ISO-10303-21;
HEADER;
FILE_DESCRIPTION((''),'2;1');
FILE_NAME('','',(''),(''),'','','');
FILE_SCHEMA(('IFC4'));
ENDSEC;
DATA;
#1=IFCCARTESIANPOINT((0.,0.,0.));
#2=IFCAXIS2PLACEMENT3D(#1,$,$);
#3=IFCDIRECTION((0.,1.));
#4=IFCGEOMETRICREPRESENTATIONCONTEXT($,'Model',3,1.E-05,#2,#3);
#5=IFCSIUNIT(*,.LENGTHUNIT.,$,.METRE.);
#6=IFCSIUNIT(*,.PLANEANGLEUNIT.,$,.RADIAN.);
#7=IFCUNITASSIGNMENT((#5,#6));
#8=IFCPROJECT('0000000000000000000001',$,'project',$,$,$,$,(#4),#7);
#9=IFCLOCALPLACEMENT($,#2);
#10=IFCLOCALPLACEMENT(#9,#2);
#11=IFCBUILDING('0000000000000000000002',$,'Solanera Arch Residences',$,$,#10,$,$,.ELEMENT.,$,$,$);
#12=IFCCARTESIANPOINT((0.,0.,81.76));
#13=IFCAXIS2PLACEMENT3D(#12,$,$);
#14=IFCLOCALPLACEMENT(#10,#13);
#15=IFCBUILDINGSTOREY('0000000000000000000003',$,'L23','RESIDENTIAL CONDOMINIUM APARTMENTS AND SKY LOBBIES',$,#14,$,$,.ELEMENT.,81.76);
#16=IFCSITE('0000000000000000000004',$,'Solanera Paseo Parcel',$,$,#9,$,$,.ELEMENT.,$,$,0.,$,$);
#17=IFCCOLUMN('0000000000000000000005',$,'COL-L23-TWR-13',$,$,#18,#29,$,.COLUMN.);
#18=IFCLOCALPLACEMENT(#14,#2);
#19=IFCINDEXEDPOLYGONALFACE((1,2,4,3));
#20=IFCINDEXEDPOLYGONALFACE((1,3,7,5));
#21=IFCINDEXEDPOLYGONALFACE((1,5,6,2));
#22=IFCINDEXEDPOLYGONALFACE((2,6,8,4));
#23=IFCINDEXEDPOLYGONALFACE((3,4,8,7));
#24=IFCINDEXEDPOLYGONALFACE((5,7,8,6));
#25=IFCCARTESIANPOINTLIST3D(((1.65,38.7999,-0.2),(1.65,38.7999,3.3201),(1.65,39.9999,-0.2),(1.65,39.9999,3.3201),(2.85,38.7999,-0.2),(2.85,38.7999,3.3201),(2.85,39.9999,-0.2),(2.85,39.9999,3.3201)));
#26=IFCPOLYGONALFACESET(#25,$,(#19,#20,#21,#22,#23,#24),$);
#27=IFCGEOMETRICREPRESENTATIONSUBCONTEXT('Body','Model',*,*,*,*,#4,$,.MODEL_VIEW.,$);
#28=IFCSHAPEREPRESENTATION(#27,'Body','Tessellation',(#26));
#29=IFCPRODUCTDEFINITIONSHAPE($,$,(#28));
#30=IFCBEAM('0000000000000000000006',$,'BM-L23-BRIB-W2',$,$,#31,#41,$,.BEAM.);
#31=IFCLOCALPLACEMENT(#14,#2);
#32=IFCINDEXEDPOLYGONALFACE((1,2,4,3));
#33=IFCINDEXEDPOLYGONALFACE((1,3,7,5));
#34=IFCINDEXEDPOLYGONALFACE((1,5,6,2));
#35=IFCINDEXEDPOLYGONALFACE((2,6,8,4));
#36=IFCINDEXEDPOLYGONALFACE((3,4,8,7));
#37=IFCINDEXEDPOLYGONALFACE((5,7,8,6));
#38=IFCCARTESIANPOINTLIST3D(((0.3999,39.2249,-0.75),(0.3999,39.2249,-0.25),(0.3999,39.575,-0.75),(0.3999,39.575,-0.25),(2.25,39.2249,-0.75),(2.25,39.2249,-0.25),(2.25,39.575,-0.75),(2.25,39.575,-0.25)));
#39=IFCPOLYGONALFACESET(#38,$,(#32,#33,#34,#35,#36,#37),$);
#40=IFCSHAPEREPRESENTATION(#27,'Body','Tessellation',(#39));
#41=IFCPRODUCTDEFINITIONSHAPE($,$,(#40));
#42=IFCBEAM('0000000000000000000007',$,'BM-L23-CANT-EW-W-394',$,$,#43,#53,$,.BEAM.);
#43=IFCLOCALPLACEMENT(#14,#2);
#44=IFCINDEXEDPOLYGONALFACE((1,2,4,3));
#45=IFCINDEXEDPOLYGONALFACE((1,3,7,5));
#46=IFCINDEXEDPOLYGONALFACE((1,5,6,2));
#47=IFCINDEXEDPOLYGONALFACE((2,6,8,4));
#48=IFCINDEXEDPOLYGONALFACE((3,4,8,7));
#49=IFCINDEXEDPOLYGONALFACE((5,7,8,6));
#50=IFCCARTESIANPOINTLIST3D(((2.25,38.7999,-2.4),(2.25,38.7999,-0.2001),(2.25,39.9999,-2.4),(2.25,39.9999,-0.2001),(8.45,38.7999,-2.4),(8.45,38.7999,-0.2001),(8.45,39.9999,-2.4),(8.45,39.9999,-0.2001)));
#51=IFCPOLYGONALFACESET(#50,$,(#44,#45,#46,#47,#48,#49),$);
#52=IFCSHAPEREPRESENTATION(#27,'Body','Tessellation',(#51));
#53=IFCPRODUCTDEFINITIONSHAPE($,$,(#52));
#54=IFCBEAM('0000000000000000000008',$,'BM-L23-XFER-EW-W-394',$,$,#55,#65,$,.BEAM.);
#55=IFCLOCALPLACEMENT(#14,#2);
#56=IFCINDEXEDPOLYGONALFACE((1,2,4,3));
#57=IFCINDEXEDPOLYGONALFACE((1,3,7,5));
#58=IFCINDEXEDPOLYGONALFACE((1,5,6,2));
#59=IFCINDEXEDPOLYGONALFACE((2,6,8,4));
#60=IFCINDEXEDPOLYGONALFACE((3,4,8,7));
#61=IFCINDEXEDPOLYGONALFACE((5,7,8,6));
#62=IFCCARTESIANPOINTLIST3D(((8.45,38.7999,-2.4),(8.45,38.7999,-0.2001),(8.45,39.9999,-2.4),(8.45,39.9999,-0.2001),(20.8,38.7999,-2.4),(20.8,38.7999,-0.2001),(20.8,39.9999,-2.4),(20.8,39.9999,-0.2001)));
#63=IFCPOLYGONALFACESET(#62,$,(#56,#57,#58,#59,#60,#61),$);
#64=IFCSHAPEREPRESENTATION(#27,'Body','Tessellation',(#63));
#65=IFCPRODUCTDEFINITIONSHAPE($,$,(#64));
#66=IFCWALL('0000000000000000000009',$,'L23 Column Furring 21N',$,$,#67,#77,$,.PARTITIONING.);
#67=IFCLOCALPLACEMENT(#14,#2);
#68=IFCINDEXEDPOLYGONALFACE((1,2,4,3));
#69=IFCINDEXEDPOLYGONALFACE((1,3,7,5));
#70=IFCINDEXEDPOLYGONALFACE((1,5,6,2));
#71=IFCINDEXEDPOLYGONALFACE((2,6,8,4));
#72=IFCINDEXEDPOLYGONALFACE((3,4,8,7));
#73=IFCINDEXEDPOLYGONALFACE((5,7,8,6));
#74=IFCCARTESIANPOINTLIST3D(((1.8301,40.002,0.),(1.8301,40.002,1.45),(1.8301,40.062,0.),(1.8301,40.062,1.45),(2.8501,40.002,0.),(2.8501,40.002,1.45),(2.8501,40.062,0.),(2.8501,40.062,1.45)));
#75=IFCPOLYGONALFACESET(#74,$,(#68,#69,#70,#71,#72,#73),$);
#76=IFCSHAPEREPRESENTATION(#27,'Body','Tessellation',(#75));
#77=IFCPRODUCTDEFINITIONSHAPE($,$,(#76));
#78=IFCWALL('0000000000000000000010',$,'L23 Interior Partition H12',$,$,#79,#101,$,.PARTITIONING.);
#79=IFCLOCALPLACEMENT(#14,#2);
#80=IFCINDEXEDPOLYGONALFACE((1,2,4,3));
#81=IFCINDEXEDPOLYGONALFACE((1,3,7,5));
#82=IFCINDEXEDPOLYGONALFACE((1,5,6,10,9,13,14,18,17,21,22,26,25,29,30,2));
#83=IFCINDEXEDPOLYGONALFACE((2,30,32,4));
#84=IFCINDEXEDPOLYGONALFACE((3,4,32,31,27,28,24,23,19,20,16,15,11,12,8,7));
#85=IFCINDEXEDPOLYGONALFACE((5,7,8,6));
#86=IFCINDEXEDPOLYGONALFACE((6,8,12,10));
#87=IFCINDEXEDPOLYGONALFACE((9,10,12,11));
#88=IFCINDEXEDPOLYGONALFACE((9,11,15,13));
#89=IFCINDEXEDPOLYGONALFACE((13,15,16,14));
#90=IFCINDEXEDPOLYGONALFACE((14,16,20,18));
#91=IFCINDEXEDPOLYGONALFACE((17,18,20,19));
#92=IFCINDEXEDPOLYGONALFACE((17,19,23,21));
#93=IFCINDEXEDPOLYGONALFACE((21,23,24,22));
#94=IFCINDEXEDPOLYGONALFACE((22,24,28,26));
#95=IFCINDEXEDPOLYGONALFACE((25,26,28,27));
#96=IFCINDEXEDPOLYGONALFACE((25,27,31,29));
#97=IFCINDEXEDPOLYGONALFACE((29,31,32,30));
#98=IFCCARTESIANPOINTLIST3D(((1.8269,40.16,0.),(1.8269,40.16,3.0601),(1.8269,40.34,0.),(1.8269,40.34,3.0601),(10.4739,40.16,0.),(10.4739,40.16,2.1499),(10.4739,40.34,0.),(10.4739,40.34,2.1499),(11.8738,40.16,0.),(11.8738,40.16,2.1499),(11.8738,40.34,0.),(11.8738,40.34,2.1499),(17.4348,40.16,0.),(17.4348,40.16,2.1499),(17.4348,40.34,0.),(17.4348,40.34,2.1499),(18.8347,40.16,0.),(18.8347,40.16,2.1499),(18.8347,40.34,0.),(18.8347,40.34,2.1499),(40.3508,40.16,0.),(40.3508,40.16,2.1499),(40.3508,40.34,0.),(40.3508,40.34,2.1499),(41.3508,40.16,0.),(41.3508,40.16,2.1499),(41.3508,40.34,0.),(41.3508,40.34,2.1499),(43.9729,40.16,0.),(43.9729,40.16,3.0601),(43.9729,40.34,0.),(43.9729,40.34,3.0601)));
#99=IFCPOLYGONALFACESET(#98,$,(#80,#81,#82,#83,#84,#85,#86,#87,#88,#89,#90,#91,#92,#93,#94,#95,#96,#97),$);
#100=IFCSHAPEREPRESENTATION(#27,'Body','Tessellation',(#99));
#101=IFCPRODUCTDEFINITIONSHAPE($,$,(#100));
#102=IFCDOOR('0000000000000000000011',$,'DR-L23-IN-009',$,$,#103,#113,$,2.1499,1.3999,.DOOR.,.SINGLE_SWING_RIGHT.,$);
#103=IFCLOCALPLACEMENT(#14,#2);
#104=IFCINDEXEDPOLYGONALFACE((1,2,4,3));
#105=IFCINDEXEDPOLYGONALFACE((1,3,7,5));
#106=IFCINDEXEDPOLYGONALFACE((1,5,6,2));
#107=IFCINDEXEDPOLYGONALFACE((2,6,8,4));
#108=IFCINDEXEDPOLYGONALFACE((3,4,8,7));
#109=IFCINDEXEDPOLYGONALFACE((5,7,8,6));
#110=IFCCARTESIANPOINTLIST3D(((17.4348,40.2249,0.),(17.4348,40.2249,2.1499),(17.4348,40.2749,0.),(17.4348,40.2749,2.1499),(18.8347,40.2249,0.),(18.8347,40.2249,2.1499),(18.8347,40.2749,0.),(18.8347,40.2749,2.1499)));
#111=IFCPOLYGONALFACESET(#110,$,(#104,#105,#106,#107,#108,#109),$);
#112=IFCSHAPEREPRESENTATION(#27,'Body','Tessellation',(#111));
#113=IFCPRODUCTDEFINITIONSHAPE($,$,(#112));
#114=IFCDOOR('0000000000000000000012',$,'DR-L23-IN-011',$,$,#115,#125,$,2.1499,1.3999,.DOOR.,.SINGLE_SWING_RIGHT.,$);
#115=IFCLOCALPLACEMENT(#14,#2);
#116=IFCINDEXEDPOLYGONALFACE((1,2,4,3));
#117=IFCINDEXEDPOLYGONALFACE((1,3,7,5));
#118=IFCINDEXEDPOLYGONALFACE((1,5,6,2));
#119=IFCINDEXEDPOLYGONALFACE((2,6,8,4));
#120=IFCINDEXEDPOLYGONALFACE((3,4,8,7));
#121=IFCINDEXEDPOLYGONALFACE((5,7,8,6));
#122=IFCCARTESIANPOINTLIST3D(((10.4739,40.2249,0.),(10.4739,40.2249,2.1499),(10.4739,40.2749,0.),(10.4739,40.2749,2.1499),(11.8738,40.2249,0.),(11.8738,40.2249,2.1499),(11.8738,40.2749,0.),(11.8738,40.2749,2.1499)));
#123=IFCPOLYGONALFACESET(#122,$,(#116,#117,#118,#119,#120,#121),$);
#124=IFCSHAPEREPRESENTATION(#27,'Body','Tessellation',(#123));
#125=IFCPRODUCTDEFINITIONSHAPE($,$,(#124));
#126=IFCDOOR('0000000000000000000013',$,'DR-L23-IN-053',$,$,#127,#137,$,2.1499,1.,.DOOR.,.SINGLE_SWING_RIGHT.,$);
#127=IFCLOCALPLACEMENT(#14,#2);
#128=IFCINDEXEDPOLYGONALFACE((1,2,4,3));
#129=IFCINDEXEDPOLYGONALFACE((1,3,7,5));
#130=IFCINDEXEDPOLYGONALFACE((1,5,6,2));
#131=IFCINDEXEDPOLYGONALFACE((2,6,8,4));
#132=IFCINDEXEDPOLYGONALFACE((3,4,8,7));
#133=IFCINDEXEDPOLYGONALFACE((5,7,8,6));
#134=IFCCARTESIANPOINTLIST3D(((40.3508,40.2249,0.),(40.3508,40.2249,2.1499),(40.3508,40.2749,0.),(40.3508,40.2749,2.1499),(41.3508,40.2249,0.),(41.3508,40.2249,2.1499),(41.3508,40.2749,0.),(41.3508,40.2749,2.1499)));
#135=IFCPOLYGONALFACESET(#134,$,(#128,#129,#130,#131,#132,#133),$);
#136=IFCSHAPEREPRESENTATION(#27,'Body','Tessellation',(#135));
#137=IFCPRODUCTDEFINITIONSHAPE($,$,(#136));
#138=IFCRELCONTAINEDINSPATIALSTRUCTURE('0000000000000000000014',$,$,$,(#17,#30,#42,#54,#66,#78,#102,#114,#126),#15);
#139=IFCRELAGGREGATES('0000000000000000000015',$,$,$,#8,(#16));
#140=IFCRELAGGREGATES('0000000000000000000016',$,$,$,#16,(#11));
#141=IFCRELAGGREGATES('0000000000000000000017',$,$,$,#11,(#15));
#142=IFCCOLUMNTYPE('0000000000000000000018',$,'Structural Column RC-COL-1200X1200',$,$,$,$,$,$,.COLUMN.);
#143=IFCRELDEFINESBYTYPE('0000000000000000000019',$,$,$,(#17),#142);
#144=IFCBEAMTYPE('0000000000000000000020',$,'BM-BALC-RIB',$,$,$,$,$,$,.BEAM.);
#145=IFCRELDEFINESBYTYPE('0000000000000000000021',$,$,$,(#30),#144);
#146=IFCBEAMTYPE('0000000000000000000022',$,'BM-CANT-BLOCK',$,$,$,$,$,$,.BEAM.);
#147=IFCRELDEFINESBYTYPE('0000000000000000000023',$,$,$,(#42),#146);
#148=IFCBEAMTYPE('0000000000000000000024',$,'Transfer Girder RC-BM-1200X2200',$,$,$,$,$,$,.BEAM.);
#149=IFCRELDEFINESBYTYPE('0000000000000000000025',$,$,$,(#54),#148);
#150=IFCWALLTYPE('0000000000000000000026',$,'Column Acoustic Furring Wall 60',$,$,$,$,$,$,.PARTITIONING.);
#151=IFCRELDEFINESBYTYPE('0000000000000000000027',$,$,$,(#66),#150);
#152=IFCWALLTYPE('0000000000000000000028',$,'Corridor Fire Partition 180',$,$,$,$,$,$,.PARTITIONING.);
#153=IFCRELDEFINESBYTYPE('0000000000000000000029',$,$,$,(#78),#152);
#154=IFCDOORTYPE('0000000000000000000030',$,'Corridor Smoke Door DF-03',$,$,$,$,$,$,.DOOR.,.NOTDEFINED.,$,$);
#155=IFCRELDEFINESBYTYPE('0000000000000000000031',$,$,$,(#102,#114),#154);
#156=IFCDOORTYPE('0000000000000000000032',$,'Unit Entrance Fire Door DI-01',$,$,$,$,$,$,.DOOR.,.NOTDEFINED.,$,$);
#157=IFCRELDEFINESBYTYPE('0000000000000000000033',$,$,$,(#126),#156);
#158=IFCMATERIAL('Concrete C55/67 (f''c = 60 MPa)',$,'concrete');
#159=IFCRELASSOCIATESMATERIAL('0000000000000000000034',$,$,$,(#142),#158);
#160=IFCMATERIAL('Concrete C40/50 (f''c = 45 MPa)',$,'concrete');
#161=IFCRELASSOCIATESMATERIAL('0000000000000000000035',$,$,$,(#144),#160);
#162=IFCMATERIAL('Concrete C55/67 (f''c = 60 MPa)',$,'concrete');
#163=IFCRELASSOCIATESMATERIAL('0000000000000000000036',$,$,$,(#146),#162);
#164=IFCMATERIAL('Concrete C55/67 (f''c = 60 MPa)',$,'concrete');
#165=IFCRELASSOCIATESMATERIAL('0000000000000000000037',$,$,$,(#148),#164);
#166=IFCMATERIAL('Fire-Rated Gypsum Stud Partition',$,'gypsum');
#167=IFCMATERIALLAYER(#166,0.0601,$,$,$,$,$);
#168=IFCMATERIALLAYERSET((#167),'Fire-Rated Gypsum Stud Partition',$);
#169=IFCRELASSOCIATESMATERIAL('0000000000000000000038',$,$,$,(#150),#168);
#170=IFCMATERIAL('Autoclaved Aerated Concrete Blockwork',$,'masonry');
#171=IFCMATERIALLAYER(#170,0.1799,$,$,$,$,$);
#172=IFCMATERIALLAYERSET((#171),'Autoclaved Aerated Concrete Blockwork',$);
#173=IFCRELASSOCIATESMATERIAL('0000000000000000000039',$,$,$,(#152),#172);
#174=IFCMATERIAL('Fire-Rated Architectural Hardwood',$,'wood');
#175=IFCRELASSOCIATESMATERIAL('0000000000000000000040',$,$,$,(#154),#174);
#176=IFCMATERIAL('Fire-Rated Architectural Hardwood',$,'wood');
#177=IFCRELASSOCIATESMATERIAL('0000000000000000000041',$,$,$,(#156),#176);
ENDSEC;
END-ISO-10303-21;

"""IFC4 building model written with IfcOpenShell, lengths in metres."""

from ifc_helpers import new_model, si_unit, direction, frame, frame_2d, origin, origin_2d, place, context, subcontext, project, spatial, rectangle, extrude, material, layer, layer_set, material_profile, profile_set, type_object, element, fill, save


model = new_model("IFC4")

# Units and contexts
model_context = context("Model", 3, precision=1e-05, world=origin(), true_north=direction((0.0, 1.0)))
body_context = subcontext(model_context, "Body", "Model", "MODEL_VIEW")
ifc_project = project(units=[si_unit("LENGTHUNIT", "METRE"), si_unit("PLANEANGLEUNIT", "RADIAN")], contexts=[model_context])

# Site, building, storey
site_placement = place(None, origin())
site = spatial("IfcSite", under=ifc_project, at=site_placement, Name="Solanera Paseo Parcel", CompositionType="ELEMENT", RefElevation=0.0)
building_placement = place(site_placement, origin())
building = spatial("IfcBuilding", under=site, at=building_placement, Name="Solanera Arch Residences", CompositionType="ELEMENT")
storey_placement = place(building_placement, frame((0.0, 0.0, 81.76)))
storey = spatial("IfcBuildingStorey", under=building, at=storey_placement, Name="L23", Description="RESIDENTIAL CONDOMINIUM APARTMENTS AND SKY LOBBIES", CompositionType="ELEMENT", Elevation=81.76)

# Column
ifc_material_1 = material(Name="Concrete C55/67 (f'c = 60 MPa)", Category="concrete")
ifc_material_profile_1 = material_profile(ifc_material_1, rectangle(XDim=1.2, YDim=1.2, at=origin_2d()))
ifc_profile_set_1 = profile_set([ifc_material_profile_1], Name="Concrete C55/67 (f'c = 60 MPa)")
column_type = type_object("IfcColumnType", Name="Structural Column RC-COL-1200X1200", PredefinedType="COLUMN", material=ifc_profile_set_1)
column_placement = place(storey_placement, frame((2.25, 39.3999, -0.2), z_axis=(0.0, 0.0, 1.0), x_axis=(1.0, 0.0, 0.0)))
element("IfcColumn", 1, at=column_placement, inside=storey, type_object=column_type, Name="COL-L23-TWR-13", PredefinedType="COLUMN", context=body_context, shape_type="SweptSolid", body=[
    extrude(rectangle(XDim=1.2, YDim=1.2, at=origin_2d()), origin(), (0.0, 0.0, 1.0), 3.52),
])

# Beams
ifc_material_2 = material(Name="Concrete C40/50 (f'c = 45 MPa)", Category="concrete")
ifc_material_profile_2 = material_profile(ifc_material_2, rectangle(XDim=0.3501, YDim=0.5, at=origin_2d()))
ifc_profile_set_2 = profile_set([ifc_material_profile_2], Name="Concrete C40/50 (f'c = 45 MPa)")
beam_type_1 = type_object("IfcBeamType", Name="BM-BALC-RIB", PredefinedType="BEAM", material=ifc_profile_set_2)
beam_1_placement = place(storey_placement, frame((0.3999, 39.3999, -0.5), z_axis=(1.0, 0.0, 0.0), x_axis=(0.0, 1.0, 0.0)))
element("IfcBeam", 2, at=beam_1_placement, inside=storey, type_object=beam_type_1, Name="BM-L23-BRIB-W2", PredefinedType="BEAM", context=body_context, shape_type="SweptSolid", body=[
    extrude(rectangle(XDim=0.3501, YDim=0.5, at=origin_2d()), origin(), (0.0, 0.0, 1.0), 1.8501),
])
ifc_material_3 = material(Name="Concrete C55/67 (f'c = 60 MPa)", Category="concrete")
ifc_material_profile_3 = material_profile(ifc_material_3, rectangle(XDim=1.2, YDim=2.2, at=origin_2d()))
ifc_profile_set_3 = profile_set([ifc_material_profile_3], Name="Concrete C55/67 (f'c = 60 MPa)")
beam_type_2 = type_object("IfcBeamType", Name="BM-CANT-BLOCK", PredefinedType="BEAM", material=ifc_profile_set_3)
beam_2_placement = place(storey_placement, frame((2.25, 39.3999, -1.3), z_axis=(1.0, 0.0, 0.0), x_axis=(0.0, 1.0, 0.0)))
element("IfcBeam", 3, at=beam_2_placement, inside=storey, type_object=beam_type_2, Name="BM-L23-CANT-EW-W-394", PredefinedType="BEAM", context=body_context, shape_type="SweptSolid", body=[
    extrude(rectangle(XDim=1.2, YDim=2.2, at=origin_2d()), origin(), (0.0, 0.0, 1.0), 6.2),
])
ifc_material_4 = material(Name="Concrete C55/67 (f'c = 60 MPa)", Category="concrete")
ifc_material_profile_4 = material_profile(ifc_material_4, rectangle(XDim=1.2, YDim=2.2, at=origin_2d()))
ifc_profile_set_4 = profile_set([ifc_material_profile_4], Name="Concrete C55/67 (f'c = 60 MPa)")
beam_type_3 = type_object("IfcBeamType", Name="Transfer Girder RC-BM-1200X2200", PredefinedType="BEAM", material=ifc_profile_set_4)
beam_3_placement = place(storey_placement, frame((8.45, 39.3999, -1.3), z_axis=(1.0, 0.0, 0.0), x_axis=(0.0, 1.0, 0.0)))
element("IfcBeam", 4, at=beam_3_placement, inside=storey, type_object=beam_type_3, Name="BM-L23-XFER-EW-W-394", PredefinedType="BEAM", context=body_context, shape_type="SweptSolid", body=[
    extrude(rectangle(XDim=1.2, YDim=2.2, at=origin_2d()), origin(), (0.0, 0.0, 1.0), 12.3501),
])

# Wall
ifc_material_5 = material(Name="Fire-Rated Gypsum Stud Partition", Category="gypsum")
ifc_layer_1 = layer(ifc_material_5, 0.0601)
ifc_layer_set_1 = layer_set([ifc_layer_1], Name="Fire-Rated Gypsum Stud Partition")
wall_type_1 = type_object("IfcWallType", Name="Column Acoustic Furring Wall 60", PredefinedType="PARTITIONING", material=ifc_layer_set_1)
wall_1_placement = place(storey_placement, frame((1.8301, 40.032, 0.0), z_axis=(0.0, 0.0, 1.0), x_axis=(1.0, 0.0, 0.0)))
element("IfcWall", 5, at=wall_1_placement, inside=storey, type_object=wall_type_1, Name="L23 Column Furring 21N", PredefinedType="PARTITIONING", context=body_context, shape_type="SweptSolid", body=[
    extrude(rectangle(XDim=1.02, YDim=0.0601, at=frame_2d((0.51, 0.0))), origin(), (0.0, 0.0, 1.0), 1.45),
])

# Wall, openings, doors
ifc_material_6 = material(Name="Autoclaved Aerated Concrete Blockwork", Category="masonry")
ifc_layer_2 = layer(ifc_material_6, 0.1799)
ifc_layer_set_2 = layer_set([ifc_layer_2], Name="Autoclaved Aerated Concrete Blockwork")
wall_type_2 = type_object("IfcWallType", Name="Corridor Fire Partition 180", PredefinedType="PARTITIONING", material=ifc_layer_set_2)
wall_2_placement = place(storey_placement, frame((1.8269, 40.25, 0.0), z_axis=(0.0, 0.0, 1.0), x_axis=(1.0, 0.0, 0.0)))
wall_2 = element("IfcWall", 6, at=wall_2_placement, inside=storey, type_object=wall_type_2, Name="L23 Interior Partition H12", PredefinedType="PARTITIONING", context=body_context, shape_type="SweptSolid", body=[
    extrude(rectangle(XDim=42.146, YDim=0.1799, at=frame_2d((21.073, 0.0))), origin(), (0.0, 0.0, 1.0), 3.0601),
])
opening_1_placement = place(wall_2_placement, frame((15.6079, 0.0, 0.0)))
opening_1 = element("IfcOpeningElement", 7, at=opening_1_placement, cuts=wall_2, PredefinedType="OPENING", context=body_context, shape_type="SweptSolid", body=[
    extrude(rectangle(XDim=1.3999, YDim=2.1499, at=frame_2d((0.7, 1.075))), frame((0.0, 0.1001, 0.0), z_axis=(0.0, -1.0, 0.0), x_axis=(1.0, 0.0, 0.0)), (0.0, 0.0, 1.0), 0.1999),
])
opening_2_placement = place(wall_2_placement, frame((8.647, 0.0, 0.0)))
opening_2 = element("IfcOpeningElement", 8, at=opening_2_placement, cuts=wall_2, PredefinedType="OPENING", context=body_context, shape_type="SweptSolid", body=[
    extrude(rectangle(XDim=1.3999, YDim=2.1499, at=frame_2d((0.7, 1.075))), frame((0.0, 0.1001, 0.0), z_axis=(0.0, -1.0, 0.0), x_axis=(1.0, 0.0, 0.0)), (0.0, 0.0, 1.0), 0.1999),
])
opening_3_placement = place(wall_2_placement, frame((38.5239, 0.0, 0.0)))
opening_3 = element("IfcOpeningElement", 9, at=opening_3_placement, cuts=wall_2, PredefinedType="OPENING", context=body_context, shape_type="SweptSolid", body=[
    extrude(rectangle(XDim=1.0, YDim=2.1499, at=frame_2d((0.5, 1.075))), frame((0.0, 0.1001, 0.0), z_axis=(0.0, -1.0, 0.0), x_axis=(1.0, 0.0, 0.0)), (0.0, 0.0, 1.0), 0.1999),
])
ifc_material_7 = material(Name="Fire-Rated Architectural Hardwood", Category="wood")
door_type_1 = type_object("IfcDoorType", Name="Corridor Smoke Door DF-03", OperationType="NOTDEFINED", PredefinedType="DOOR", material=ifc_material_7)
door_1_placement = place(opening_1_placement, origin())
door_1 = element("IfcDoor", 10, at=door_1_placement, inside=storey, type_object=door_type_1, Name="DR-L23-IN-009", OperationType="SINGLE_SWING_RIGHT", OverallHeight=2.1499, OverallWidth=1.3999, PredefinedType="DOOR", context=body_context, shape_type="SweptSolid", body=[
    extrude(rectangle(XDim=1.3999, YDim=2.1499, at=frame_2d((0.7, 1.075))), frame((0.0, 0.0249, 0.0), z_axis=(0.0, -1.0, 0.0), x_axis=(1.0, 0.0, 0.0)), (0.0, 0.0, 1.0), 0.05),
])
fill(opening_1, door_1)
door_2_placement = place(opening_2_placement, origin())
door_2 = element("IfcDoor", 11, at=door_2_placement, inside=storey, type_object=door_type_1, Name="DR-L23-IN-011", OperationType="SINGLE_SWING_RIGHT", OverallHeight=2.1499, OverallWidth=1.3999, PredefinedType="DOOR", context=body_context, shape_type="SweptSolid", body=[
    extrude(rectangle(XDim=1.3999, YDim=2.1499, at=frame_2d((0.7, 1.075))), frame((0.0, 0.0249, 0.0), z_axis=(0.0, -1.0, 0.0), x_axis=(1.0, 0.0, 0.0)), (0.0, 0.0, 1.0), 0.05),
])
fill(opening_2, door_2)
ifc_material_8 = material(Name="Fire-Rated Architectural Hardwood", Category="wood")
door_type_2 = type_object("IfcDoorType", Name="Unit Entrance Fire Door DI-01", OperationType="NOTDEFINED", PredefinedType="DOOR", material=ifc_material_8)
door_3_placement = place(opening_3_placement, origin())
door_3 = element("IfcDoor", 12, at=door_3_placement, inside=storey, type_object=door_type_2, Name="DR-L23-IN-053", OperationType="SINGLE_SWING_RIGHT", OverallHeight=2.1499, OverallWidth=1.0, PredefinedType="DOOR", context=body_context, shape_type="SweptSolid", body=[
    extrude(rectangle(XDim=1.0, YDim=2.1499, at=frame_2d((0.5, 1.075))), frame((0.0, 0.0249, 0.0), z_axis=(0.0, -1.0, 0.0), x_axis=(1.0, 0.0, 0.0)), (0.0, 0.0, 1.0), 0.05),
])
fill(opening_3, door_3)

save(model, "model.ifc")
